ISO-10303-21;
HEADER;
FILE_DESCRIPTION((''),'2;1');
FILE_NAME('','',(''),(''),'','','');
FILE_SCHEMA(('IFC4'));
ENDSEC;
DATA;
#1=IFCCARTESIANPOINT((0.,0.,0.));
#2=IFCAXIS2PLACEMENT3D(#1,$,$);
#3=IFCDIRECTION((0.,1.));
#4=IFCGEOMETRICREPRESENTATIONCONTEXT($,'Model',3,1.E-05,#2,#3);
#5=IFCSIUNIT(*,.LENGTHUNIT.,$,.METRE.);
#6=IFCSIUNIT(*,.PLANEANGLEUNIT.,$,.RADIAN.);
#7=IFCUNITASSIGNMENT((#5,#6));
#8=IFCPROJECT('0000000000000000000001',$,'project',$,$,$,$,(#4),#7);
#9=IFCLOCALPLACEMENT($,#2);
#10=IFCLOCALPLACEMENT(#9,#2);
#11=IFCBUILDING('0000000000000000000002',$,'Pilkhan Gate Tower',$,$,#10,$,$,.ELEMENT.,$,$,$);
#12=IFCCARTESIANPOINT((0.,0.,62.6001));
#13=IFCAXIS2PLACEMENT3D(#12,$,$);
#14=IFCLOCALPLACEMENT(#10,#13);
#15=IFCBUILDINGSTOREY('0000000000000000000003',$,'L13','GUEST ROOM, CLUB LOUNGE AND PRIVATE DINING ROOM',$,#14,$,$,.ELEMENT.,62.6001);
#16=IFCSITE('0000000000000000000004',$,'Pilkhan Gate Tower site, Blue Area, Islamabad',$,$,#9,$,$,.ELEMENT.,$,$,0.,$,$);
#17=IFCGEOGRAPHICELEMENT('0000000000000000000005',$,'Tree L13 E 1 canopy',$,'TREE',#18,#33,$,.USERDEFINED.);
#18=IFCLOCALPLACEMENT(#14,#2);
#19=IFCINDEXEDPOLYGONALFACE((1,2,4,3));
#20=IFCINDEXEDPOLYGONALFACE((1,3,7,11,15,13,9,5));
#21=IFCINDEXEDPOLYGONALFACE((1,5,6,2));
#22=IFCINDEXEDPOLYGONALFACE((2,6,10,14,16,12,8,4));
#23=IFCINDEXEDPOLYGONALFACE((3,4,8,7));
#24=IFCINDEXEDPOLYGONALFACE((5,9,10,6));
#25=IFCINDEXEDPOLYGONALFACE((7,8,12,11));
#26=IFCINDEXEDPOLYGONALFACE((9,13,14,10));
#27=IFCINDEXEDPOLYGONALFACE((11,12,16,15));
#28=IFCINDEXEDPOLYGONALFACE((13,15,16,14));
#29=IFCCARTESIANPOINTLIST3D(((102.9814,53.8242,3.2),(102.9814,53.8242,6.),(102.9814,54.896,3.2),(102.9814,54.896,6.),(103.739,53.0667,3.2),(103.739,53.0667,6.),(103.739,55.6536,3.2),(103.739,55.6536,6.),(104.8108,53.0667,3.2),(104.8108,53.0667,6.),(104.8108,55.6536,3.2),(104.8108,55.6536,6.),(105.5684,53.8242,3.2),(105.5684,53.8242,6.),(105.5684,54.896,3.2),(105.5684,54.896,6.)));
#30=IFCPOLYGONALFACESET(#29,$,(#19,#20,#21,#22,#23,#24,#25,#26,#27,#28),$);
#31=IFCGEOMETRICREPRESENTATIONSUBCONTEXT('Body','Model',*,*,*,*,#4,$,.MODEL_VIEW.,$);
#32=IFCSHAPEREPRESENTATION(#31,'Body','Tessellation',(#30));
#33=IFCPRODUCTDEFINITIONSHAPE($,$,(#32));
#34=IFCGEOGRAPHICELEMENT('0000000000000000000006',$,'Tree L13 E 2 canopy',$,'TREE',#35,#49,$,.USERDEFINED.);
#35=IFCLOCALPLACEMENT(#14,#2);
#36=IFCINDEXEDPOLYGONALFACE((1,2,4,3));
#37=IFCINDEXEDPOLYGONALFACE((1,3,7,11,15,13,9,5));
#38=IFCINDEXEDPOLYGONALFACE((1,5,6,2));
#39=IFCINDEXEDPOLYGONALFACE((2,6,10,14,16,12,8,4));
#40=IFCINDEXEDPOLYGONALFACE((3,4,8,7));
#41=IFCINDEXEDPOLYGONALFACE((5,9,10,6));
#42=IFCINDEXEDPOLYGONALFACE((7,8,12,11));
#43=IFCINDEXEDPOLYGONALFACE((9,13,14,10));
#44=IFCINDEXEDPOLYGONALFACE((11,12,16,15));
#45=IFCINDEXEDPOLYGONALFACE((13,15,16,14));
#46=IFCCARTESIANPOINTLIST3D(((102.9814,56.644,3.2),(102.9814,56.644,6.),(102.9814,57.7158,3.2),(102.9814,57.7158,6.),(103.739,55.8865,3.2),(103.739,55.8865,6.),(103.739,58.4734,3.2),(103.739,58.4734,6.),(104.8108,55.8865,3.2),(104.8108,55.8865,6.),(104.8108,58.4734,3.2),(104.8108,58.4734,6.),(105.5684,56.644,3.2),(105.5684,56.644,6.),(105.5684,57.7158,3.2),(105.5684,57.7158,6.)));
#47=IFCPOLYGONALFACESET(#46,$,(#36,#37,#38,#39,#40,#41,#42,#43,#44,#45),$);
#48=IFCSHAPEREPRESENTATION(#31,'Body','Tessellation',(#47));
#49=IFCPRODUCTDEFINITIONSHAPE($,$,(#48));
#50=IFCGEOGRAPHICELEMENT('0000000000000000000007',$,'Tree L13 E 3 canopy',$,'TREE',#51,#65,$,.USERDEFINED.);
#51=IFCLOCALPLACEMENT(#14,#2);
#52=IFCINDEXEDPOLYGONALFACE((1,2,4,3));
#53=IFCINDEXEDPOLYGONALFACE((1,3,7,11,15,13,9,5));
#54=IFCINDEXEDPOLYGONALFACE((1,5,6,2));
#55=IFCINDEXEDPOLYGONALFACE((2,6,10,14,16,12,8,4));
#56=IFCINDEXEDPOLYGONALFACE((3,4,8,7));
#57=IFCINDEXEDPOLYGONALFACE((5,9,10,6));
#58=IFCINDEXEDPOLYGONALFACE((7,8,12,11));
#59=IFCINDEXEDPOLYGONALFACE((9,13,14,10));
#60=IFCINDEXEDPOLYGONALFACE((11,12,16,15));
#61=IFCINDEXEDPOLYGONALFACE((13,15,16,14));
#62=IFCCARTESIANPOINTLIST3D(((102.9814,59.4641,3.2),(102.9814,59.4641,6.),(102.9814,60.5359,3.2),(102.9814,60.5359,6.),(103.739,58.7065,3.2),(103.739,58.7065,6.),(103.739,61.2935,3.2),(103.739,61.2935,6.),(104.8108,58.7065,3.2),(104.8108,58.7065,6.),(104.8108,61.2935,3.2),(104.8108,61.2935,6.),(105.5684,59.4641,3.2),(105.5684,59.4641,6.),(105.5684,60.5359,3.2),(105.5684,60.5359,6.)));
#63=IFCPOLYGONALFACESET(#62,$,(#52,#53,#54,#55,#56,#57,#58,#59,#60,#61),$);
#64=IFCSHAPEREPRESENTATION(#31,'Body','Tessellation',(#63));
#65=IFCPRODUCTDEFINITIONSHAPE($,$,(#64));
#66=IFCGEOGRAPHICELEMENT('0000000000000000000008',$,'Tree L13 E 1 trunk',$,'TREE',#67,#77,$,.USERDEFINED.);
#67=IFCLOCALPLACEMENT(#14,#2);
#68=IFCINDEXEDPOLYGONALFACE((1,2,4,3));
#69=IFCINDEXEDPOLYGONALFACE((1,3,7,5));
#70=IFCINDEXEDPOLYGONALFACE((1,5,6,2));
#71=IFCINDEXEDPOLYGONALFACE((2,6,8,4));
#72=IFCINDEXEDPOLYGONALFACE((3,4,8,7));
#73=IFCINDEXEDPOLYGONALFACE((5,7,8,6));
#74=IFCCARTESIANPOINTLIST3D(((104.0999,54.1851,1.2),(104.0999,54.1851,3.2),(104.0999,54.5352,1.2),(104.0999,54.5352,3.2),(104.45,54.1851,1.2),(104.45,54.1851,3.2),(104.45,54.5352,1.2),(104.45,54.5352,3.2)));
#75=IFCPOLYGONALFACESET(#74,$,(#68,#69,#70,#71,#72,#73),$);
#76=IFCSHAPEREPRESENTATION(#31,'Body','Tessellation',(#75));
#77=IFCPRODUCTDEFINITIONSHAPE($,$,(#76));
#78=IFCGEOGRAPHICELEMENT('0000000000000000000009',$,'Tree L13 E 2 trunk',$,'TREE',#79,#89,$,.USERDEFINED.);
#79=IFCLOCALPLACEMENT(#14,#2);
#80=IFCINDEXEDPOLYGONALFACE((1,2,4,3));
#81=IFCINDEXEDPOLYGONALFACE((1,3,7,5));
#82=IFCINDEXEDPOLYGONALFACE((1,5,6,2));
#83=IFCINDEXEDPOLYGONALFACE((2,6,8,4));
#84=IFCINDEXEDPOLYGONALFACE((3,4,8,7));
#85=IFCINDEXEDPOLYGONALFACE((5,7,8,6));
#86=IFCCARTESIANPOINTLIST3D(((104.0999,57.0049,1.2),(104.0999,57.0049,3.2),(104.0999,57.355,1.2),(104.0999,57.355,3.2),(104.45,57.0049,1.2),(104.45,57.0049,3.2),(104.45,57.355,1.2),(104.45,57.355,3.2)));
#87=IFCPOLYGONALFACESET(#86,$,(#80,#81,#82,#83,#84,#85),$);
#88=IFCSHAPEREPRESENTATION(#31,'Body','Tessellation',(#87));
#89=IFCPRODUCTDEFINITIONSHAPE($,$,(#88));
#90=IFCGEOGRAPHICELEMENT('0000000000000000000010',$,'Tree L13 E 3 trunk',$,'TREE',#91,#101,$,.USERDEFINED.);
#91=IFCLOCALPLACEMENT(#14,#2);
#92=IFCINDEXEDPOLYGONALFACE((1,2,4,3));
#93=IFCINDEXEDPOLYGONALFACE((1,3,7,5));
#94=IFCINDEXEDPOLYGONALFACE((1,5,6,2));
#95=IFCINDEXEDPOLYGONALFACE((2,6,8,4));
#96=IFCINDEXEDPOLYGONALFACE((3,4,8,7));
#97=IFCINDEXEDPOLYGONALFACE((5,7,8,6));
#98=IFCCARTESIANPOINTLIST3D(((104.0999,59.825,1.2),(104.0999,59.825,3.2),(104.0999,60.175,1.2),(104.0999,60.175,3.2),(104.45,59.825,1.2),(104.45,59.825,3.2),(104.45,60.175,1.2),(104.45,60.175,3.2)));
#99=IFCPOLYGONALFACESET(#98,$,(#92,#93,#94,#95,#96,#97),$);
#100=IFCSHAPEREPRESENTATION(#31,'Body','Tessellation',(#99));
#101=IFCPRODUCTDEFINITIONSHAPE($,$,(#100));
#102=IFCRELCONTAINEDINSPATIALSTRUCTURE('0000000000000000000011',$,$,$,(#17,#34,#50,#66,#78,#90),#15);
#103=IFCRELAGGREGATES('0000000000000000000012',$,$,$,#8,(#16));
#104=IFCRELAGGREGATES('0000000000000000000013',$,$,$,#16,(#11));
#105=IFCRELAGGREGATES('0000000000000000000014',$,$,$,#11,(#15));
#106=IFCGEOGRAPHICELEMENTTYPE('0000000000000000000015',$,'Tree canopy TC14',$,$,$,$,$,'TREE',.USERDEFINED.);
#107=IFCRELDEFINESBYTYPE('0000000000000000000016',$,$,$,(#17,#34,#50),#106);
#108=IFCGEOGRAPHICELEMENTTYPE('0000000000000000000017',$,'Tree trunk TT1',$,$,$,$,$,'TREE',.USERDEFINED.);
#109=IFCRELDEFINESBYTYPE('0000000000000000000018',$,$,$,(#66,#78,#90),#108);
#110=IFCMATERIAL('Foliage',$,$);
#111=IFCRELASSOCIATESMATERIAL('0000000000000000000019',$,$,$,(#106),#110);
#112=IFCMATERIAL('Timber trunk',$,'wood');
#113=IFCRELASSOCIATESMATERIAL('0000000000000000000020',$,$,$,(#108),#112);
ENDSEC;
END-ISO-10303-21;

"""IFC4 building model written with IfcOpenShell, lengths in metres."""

from ifc_helpers import new_model, si_unit, direction, frame, origin, origin_2d, place, context, subcontext, project, spatial, polyline, rectangle, outline, extrude, material, material_profile, profile_set, type_object, element, save


model = new_model("IFC4")

# Units and contexts
model_context = context("Model", 3, precision=1e-05, world=origin(), true_north=direction((0.0, 1.0)))
body_context = subcontext(model_context, "Body", "Model", "MODEL_VIEW")
ifc_project = project(units=[si_unit("LENGTHUNIT", "METRE"), si_unit("PLANEANGLEUNIT", "RADIAN")], contexts=[model_context])

# Site, building, storey
site_placement = place(None, origin())
site = spatial("IfcSite", under=ifc_project, at=site_placement, Name="Pilkhan Gate Tower site, Blue Area, Islamabad", CompositionType="ELEMENT", RefElevation=0.0)
building_placement = place(site_placement, origin())
building = spatial("IfcBuilding", under=site, at=building_placement, Name="Pilkhan Gate Tower", CompositionType="ELEMENT")
storey_placement = place(building_placement, frame((0.0, 0.0, 62.6001)))
storey = spatial("IfcBuildingStorey", under=building, at=storey_placement, Name="L13", Description="GUEST ROOM, CLUB LOUNGE AND PRIVATE DINING ROOM", CompositionType="ELEMENT", Elevation=62.6001)

# Geographic elements
ifc_material_1 = material(Name="Foliage")
ifc_material_profile_1 = material_profile(ifc_material_1, outline(polyline([(1.2935, 0.5359), (0.5359, 1.2935), (-0.5359, 1.2935), (-1.2935, 0.5359), (-1.2935, -0.5359), (-0.5359, -1.2935), (0.5359, -1.2935), (1.2935, -0.5359), (1.2935, 0.5359)])), Name="Canopy D2.8")
ifc_profile_set_1 = profile_set([ifc_material_profile_1], Name="Foliage")
geographic_element_type_1 = type_object("IfcGeographicElementType", Name="Tree canopy TC14", ElementType="TREE", PredefinedType="USERDEFINED", material=ifc_profile_set_1)
for number, where, z_axis, x_axis, name in (
    (1, (104.2749, 54.3601, 3.2), (0.0, 0.0, 1.0), (1.0, 0.0, 0.0), "Tree L13 E 1 canopy"),
    (2, (104.2749, 57.1799, 3.2), (0.0, 0.0, 1.0), (1.0, 0.0, 0.0), "Tree L13 E 2 canopy"),
    (3, (104.2749, 60.0, 3.2), (0.0, 0.0, 1.0), (1.0, 0.0, 0.0), "Tree L13 E 3 canopy"),
):
    element("IfcGeographicElement", number, at=place(storey_placement, frame(where, z_axis=z_axis, x_axis=x_axis)), inside=storey, type_object=geographic_element_type_1, Name=name, ObjectType="TREE", PredefinedType="USERDEFINED", context=body_context, shape_type="SweptSolid", body=[
        extrude(outline(polyline([(1.2935, 0.5359), (0.5359, 1.2935), (-0.5359, 1.2935), (-1.2935, 0.5359), (-1.2935, -0.5359), (-0.5359, -1.2935), (0.5359, -1.2935), (1.2935, -0.5359), (1.2935, 0.5359)])), origin(), (0.0, 0.0, 1.0), 2.8),
    ])
ifc_material_2 = material(Name="Timber trunk", Category="wood")
geographic_element_type_2 = type_object("IfcGeographicElementType", Name="Tree trunk TT1", ElementType="TREE", PredefinedType="USERDEFINED", material=ifc_material_2)
for number, where, z_axis, x_axis, name in (
    (4, (104.2749, 54.3601, 1.2), (0.0, 0.0, 1.0), (1.0, 0.0, 0.0), "Tree L13 E 1 trunk"),
    (5, (104.2749, 57.1799, 1.2), (0.0, 0.0, 1.0), (1.0, 0.0, 0.0), "Tree L13 E 2 trunk"),
    (6, (104.2749, 60.0, 1.2), (0.0, 0.0, 1.0), (1.0, 0.0, 0.0), "Tree L13 E 3 trunk"),
):
    element("IfcGeographicElement", number, at=place(storey_placement, frame(where, z_axis=z_axis, x_axis=x_axis)), inside=storey, type_object=geographic_element_type_2, Name=name, ObjectType="TREE", PredefinedType="USERDEFINED", context=body_context, shape_type="SweptSolid", body=[
        extrude(rectangle(XDim=0.3501, YDim=0.3501, at=origin_2d()), origin(), (0.0, 0.0, 1.0), 2.0),
    ])

save(model, "model.ifc")
